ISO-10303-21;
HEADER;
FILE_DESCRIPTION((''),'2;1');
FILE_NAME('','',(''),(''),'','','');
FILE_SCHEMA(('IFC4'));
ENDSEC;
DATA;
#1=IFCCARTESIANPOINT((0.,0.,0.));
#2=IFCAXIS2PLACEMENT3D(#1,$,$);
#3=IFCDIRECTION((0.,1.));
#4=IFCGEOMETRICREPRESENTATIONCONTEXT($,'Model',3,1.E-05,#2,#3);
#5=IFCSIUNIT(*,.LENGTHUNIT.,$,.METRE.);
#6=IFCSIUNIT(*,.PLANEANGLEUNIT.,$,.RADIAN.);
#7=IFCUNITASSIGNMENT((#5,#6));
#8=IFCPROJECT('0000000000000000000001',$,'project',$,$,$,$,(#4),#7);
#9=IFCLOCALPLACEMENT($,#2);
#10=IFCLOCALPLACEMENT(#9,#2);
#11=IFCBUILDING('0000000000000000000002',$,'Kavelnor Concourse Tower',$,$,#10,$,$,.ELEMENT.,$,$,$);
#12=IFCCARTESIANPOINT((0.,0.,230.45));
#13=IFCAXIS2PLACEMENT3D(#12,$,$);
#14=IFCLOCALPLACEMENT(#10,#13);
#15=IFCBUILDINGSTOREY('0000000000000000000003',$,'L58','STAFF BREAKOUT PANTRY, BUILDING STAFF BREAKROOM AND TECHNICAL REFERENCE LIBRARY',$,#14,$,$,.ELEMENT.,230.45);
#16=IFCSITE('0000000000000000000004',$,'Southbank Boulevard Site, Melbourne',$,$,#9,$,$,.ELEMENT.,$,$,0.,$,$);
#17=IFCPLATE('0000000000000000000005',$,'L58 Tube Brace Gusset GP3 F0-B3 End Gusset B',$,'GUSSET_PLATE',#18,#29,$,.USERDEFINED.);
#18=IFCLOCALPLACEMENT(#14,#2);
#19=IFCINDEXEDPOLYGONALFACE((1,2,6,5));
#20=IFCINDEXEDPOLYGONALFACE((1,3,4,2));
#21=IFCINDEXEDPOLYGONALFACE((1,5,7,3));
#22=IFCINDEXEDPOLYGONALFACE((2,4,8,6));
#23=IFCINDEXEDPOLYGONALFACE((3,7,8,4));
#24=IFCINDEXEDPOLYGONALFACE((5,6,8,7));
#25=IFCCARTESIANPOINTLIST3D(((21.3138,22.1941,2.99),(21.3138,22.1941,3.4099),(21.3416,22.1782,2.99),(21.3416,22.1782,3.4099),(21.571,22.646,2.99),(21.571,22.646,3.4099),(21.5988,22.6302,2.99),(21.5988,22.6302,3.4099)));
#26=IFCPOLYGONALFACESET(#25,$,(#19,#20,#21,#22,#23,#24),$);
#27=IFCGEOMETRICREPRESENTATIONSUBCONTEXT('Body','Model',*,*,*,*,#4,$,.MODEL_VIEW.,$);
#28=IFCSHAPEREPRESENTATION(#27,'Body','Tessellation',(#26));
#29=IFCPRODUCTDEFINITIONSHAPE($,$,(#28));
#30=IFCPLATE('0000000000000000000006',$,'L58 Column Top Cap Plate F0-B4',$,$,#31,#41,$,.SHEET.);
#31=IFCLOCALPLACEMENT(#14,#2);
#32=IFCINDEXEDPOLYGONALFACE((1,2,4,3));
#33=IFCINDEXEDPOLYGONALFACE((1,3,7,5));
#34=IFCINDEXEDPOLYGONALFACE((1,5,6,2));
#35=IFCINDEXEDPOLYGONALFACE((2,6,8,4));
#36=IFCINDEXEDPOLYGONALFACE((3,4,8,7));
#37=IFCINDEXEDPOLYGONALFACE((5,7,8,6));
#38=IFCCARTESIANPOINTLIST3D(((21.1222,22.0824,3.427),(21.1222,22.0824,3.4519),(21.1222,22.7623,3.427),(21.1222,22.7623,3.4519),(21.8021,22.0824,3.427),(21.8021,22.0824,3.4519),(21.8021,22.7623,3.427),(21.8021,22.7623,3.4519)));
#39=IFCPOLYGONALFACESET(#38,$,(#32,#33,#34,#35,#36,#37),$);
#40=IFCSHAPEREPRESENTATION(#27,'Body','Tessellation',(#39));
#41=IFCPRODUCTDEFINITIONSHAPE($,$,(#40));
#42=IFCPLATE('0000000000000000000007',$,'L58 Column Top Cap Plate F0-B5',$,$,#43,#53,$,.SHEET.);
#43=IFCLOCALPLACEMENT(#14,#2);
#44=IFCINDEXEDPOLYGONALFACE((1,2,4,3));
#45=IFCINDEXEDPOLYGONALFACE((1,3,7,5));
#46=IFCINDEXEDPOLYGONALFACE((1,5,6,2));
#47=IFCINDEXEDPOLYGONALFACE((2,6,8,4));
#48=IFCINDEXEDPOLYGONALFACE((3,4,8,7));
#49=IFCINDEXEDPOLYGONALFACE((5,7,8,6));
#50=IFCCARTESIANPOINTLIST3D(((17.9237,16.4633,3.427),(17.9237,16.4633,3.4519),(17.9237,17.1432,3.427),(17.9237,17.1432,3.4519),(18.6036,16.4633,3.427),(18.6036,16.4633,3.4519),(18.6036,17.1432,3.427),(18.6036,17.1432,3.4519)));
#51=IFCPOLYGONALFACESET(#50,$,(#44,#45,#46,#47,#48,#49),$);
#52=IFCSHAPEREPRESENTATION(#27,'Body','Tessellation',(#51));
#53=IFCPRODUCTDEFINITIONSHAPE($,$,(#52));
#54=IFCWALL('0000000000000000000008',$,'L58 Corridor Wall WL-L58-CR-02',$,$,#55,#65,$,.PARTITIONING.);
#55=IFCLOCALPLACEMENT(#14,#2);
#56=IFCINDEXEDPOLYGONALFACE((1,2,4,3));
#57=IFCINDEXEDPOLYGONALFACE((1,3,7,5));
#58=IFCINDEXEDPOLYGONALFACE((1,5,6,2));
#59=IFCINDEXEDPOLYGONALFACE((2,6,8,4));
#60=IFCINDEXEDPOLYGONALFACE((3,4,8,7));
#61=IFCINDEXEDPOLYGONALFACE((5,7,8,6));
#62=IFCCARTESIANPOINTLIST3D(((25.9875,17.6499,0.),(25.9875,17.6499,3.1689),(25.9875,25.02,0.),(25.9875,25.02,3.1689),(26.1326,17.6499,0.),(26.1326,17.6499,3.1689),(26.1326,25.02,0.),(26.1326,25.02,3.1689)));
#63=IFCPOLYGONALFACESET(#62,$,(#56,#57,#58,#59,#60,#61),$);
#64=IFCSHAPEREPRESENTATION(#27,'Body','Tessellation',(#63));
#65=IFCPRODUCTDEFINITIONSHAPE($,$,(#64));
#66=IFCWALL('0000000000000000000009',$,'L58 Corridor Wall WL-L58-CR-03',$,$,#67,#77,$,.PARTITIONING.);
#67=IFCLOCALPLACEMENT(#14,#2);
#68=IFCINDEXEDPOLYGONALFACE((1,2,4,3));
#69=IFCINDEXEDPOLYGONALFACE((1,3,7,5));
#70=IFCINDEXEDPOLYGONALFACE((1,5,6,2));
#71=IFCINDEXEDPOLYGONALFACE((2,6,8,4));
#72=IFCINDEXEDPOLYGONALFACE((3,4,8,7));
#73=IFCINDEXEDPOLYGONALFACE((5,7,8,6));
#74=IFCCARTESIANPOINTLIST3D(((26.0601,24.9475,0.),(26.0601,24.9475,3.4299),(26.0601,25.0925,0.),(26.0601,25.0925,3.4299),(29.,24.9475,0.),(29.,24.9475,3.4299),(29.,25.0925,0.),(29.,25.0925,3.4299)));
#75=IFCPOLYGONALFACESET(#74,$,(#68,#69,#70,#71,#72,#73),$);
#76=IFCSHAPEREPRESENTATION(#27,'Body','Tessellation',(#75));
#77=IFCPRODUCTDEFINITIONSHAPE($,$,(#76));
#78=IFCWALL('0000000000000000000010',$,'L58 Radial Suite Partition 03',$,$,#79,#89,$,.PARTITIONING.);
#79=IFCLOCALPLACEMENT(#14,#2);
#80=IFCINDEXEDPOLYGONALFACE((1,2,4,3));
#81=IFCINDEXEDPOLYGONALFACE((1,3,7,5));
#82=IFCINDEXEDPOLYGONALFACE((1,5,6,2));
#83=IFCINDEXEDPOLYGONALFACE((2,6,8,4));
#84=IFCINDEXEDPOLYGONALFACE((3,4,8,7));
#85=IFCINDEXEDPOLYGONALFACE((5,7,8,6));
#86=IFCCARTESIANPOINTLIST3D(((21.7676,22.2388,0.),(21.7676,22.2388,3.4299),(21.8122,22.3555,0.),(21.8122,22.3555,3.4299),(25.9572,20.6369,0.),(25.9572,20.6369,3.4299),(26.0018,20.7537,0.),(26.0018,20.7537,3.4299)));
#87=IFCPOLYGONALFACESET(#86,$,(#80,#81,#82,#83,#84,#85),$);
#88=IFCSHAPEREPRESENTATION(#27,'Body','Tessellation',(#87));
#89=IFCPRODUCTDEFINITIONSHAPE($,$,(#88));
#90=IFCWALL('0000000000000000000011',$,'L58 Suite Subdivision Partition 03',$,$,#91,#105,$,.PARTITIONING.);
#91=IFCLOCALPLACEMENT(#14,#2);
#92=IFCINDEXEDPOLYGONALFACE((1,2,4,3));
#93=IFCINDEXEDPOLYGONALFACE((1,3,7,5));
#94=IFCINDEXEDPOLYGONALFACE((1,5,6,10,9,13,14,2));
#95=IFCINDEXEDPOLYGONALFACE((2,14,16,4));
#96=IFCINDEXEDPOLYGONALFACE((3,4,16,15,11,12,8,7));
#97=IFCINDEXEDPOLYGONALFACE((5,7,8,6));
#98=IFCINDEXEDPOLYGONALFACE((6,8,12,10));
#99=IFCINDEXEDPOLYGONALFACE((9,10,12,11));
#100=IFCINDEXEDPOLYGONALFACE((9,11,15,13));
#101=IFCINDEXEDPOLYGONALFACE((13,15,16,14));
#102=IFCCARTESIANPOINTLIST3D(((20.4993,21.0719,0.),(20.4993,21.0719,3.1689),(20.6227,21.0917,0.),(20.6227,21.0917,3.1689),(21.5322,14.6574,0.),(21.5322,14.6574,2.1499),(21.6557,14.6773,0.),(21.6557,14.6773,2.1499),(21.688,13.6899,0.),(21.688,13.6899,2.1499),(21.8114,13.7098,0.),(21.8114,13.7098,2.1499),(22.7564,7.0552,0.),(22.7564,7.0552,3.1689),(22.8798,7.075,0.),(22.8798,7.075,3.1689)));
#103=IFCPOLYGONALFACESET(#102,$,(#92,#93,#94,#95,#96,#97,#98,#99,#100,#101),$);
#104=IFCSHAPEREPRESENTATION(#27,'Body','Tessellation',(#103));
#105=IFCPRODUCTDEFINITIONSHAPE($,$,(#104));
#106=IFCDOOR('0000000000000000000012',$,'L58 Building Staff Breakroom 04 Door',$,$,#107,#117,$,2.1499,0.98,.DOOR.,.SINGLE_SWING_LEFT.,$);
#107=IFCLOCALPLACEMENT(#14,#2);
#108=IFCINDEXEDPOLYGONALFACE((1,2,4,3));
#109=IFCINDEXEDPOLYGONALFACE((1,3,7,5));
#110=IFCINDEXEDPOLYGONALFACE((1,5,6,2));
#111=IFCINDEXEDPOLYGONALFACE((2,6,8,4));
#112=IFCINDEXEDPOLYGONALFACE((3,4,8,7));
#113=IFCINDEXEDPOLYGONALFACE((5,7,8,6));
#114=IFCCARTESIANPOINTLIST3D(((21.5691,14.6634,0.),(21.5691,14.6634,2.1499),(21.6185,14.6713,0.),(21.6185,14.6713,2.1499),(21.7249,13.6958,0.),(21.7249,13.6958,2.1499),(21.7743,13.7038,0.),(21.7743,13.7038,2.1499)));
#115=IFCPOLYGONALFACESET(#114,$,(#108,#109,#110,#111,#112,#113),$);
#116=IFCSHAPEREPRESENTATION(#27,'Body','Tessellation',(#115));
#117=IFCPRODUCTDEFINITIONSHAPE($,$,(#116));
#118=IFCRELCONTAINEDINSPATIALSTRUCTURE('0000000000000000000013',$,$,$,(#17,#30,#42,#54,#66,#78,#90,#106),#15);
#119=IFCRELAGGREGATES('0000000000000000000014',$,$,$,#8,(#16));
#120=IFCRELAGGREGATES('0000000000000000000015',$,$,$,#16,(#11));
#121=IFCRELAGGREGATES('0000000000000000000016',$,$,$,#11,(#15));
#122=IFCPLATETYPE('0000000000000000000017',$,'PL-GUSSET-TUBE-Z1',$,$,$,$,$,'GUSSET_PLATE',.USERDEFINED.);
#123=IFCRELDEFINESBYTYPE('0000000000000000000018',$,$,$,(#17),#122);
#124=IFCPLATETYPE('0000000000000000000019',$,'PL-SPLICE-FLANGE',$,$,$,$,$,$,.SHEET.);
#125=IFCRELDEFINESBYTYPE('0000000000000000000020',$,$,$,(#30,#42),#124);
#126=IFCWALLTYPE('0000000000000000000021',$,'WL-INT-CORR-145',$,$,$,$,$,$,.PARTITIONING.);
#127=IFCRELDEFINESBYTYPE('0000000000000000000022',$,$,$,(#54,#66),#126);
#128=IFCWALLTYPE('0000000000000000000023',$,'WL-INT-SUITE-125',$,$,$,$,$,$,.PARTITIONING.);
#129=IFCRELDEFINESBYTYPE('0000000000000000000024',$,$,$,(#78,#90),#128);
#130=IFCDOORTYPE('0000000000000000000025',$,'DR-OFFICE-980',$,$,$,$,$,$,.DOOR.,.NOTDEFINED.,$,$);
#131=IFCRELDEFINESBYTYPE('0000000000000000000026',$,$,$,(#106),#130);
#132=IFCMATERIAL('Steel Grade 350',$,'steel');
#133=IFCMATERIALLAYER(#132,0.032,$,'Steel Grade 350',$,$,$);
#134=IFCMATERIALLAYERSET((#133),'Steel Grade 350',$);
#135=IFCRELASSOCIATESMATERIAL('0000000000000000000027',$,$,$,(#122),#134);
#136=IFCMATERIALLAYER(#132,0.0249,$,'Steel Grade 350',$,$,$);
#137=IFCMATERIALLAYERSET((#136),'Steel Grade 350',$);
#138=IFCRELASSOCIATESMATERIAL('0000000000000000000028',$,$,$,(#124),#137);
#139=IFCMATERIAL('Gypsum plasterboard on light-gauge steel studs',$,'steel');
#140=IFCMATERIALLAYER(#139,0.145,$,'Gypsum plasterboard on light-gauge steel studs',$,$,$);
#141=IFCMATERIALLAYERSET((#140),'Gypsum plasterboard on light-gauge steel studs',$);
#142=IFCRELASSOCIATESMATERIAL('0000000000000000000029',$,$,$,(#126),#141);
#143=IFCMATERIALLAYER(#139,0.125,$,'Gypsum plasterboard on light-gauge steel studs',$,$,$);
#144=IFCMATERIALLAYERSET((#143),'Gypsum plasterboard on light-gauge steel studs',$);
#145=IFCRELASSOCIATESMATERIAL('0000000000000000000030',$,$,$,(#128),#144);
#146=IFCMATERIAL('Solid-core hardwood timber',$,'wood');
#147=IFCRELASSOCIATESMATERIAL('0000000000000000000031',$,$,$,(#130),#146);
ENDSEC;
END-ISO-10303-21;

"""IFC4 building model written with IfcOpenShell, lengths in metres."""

from ifc_helpers import new_model, si_unit, direction, frame, frame_2d, origin, origin_2d, place, context, subcontext, project, spatial, rectangle, extrude, material, layer, layer_set, type_object, element, fill, save


model = new_model("IFC4")

# Units and contexts
model_context = context("Model", 3, precision=1e-05, world=origin(), true_north=direction((0.0, 1.0)))
body_context = subcontext(model_context, "Body", "Model", "MODEL_VIEW")
ifc_project = project(units=[si_unit("LENGTHUNIT", "METRE"), si_unit("PLANEANGLEUNIT", "RADIAN")], contexts=[model_context])

# Site, building, storey
site_placement = place(None, origin())
site = spatial("IfcSite", under=ifc_project, at=site_placement, Name="Southbank Boulevard Site, Melbourne", CompositionType="ELEMENT", RefElevation=0.0)
building_placement = place(site_placement, origin())
building = spatial("IfcBuilding", under=site, at=building_placement, Name="Kavelnor Concourse Tower", CompositionType="ELEMENT")
storey_placement = place(building_placement, frame((0.0, 0.0, 230.45)))
storey = spatial("IfcBuildingStorey", under=building, at=storey_placement, Name="L58", Description="STAFF BREAKOUT PANTRY, BUILDING STAFF BREAKROOM AND TECHNICAL REFERENCE LIBRARY", CompositionType="ELEMENT", Elevation=230.45)

# Shared definitions
ifc_material_1 = material(Name="Steel Grade 350", Category="steel")

# Plates
ifc_layer_1 = layer(ifc_material_1, 0.032, Name="Steel Grade 350")
ifc_layer_set_1 = layer_set([ifc_layer_1], Name="Steel Grade 350")
plate_type_1 = type_object("IfcPlateType", Name="PL-GUSSET-TUBE-Z1", ElementType="GUSSET_PLATE", PredefinedType="USERDEFINED", material=ifc_layer_set_1)
plate_placement = place(storey_placement, frame((21.4563, 22.4121, 2.99), z_axis=(0.0, 0.0, 1.0), x_axis=(-0.4947, -0.869064, 0.0)))
element("IfcPlate", 1, at=plate_placement, inside=storey, type_object=plate_type_1, Name="L58 Tube Brace Gusset GP3 F0-B3 End Gusset B", ObjectType="GUSSET_PLATE", PredefinedType="USERDEFINED", context=body_context, shape_type="SweptSolid", body=[
    extrude(rectangle(XDim=0.52, YDim=0.032, at=origin_2d()), origin(), (0.0, 0.0, 1.0), 0.4199),
])
ifc_layer_2 = layer(ifc_material_1, 0.0249, Name="Steel Grade 350")
ifc_layer_set_2 = layer_set([ifc_layer_2], Name="Steel Grade 350")
plate_type_2 = type_object("IfcPlateType", Name="PL-SPLICE-FLANGE", PredefinedType="SHEET", material=ifc_layer_set_2)
for number, where, z_axis, x_axis, name in (
    (2, (21.4622, 22.4224, 3.427), (0.0, 0.0, 1.0), (1.0, 0.0, 0.0), "L58 Column Top Cap Plate F0-B4"),
    (3, (18.2637, 16.8032, 3.427), (0.0, 0.0, 1.0), (1.0, 0.0, 0.0), "L58 Column Top Cap Plate F0-B5"),
):
    element("IfcPlate", number, at=place(storey_placement, frame(where, z_axis=z_axis, x_axis=x_axis)), inside=storey, type_object=plate_type_2, Name=name, PredefinedType="SHEET", context=body_context, shape_type="SweptSolid", body=[
        extrude(rectangle(XDim=0.6799, YDim=0.6799, at=origin_2d()), origin(), (0.0, 0.0, 1.0), 0.0249),
    ])

# Walls
ifc_material_2 = material(Name="Gypsum plasterboard on light-gauge steel studs", Category="steel")
ifc_layer_3 = layer(ifc_material_2, 0.145, Name="Gypsum plasterboard on light-gauge steel studs")
ifc_layer_set_3 = layer_set([ifc_layer_3], Name="Gypsum plasterboard on light-gauge steel studs")
wall_type_1 = type_object("IfcWallType", Name="WL-INT-CORR-145", PredefinedType="PARTITIONING", material=ifc_layer_set_3)
wall_1_placement = place(storey_placement, frame((26.0601, 17.6499, 0.0), z_axis=(0.0, 0.0, 1.0), x_axis=(0.0, 1.0, 0.0)))
element("IfcWall", 4, at=wall_1_placement, inside=storey, type_object=wall_type_1, Name="L58 Corridor Wall WL-L58-CR-02", PredefinedType="PARTITIONING", context=body_context, shape_type="SweptSolid", body=[
    extrude(rectangle(XDim=7.3701, YDim=0.145, at=frame_2d((3.6851, 0.0))), origin(), (0.0, 0.0, 1.0), 3.1689),
])
wall_2_placement = place(storey_placement, frame((26.0601, 25.02, 0.0), z_axis=(0.0, 0.0, 1.0), x_axis=(1.0, 0.0, 0.0)))
element("IfcWall", 5, at=wall_2_placement, inside=storey, type_object=wall_type_1, Name="L58 Corridor Wall WL-L58-CR-03", PredefinedType="PARTITIONING", context=body_context, shape_type="SweptSolid", body=[
    extrude(rectangle(XDim=2.9399, YDim=0.145, at=frame_2d((1.47, 0.0))), origin(), (0.0, 0.0, 1.0), 3.4299),
])
ifc_layer_4 = layer(ifc_material_2, 0.125, Name="Gypsum plasterboard on light-gauge steel studs")
ifc_layer_set_4 = layer_set([ifc_layer_4], Name="Gypsum plasterboard on light-gauge steel studs")
wall_type_2 = type_object("IfcWallType", Name="WL-INT-SUITE-125", PredefinedType="PARTITIONING", material=ifc_layer_set_4)
wall_3_placement = place(storey_placement, frame((25.9795, 20.6953, 0.0), z_axis=(0.0, 0.0, 1.0), x_axis=(-0.934055, 0.357129, 0.0)))
element("IfcWall", 6, at=wall_3_placement, inside=storey, type_object=wall_type_2, Name="L58 Radial Suite Partition 03", PredefinedType="PARTITIONING", context=body_context, shape_type="SweptSolid", body=[
    extrude(rectangle(XDim=4.4854, YDim=0.125, at=frame_2d((2.2427, 0.0))), origin(), (0.0, 0.0, 1.0), 3.4299),
])

# Wall, opening, door
wall_4_placement = place(storey_placement, frame((20.561, 21.0818, 0.0), z_axis=(0.0, 0.0, 1.0), x_axis=(0.158981, -0.987282, 0.0)))
wall_4 = element("IfcWall", 7, at=wall_4_placement, inside=storey, type_object=wall_type_2, Name="L58 Suite Subdivision Partition 03", PredefinedType="PARTITIONING", context=body_context, shape_type="SweptSolid", body=[
    extrude(rectangle(XDim=14.1973, YDim=0.125, at=frame_2d((7.0986, 0.0))), origin(), (0.0, 0.0, 1.0), 3.1689),
])
opening_placement = place(wall_4_placement, frame((6.4971, 0.0, 0.0)))
opening = element("IfcOpeningElement", 8, at=opening_placement, cuts=wall_4, PredefinedType="OPENING", context=body_context, shape_type="SweptSolid", body=[
    extrude(rectangle(XDim=0.98, YDim=2.1499, at=frame_2d((0.49, 1.075))), frame((0.0, 0.0725, 0.0), z_axis=(0.0, -1.0, 0.0), x_axis=(1.0, 0.0, 0.0)), (0.0, 0.0, 1.0), 0.145),
])
ifc_material_3 = material(Name="Solid-core hardwood timber", Category="wood")
door_type = type_object("IfcDoorType", Name="DR-OFFICE-980", OperationType="NOTDEFINED", PredefinedType="DOOR", material=ifc_material_3)
door_placement = place(opening_placement, origin())
door = element("IfcDoor", 9, at=door_placement, inside=storey, type_object=door_type, Name="L58 Building Staff Breakroom 04 Door", OperationType="SINGLE_SWING_LEFT", OverallHeight=2.1499, OverallWidth=0.98, PredefinedType="DOOR", context=body_context, shape_type="SweptSolid", body=[
    extrude(rectangle(XDim=0.98, YDim=2.1499, at=frame_2d((0.49, 1.075))), frame((0.0, 0.0249, 0.0), z_axis=(0.0, -1.0, 0.0), x_axis=(1.0, 0.0, 0.0)), (0.0, 0.0, 1.0), 0.05),
])
fill(opening, door)

save(model, "model.ifc")
